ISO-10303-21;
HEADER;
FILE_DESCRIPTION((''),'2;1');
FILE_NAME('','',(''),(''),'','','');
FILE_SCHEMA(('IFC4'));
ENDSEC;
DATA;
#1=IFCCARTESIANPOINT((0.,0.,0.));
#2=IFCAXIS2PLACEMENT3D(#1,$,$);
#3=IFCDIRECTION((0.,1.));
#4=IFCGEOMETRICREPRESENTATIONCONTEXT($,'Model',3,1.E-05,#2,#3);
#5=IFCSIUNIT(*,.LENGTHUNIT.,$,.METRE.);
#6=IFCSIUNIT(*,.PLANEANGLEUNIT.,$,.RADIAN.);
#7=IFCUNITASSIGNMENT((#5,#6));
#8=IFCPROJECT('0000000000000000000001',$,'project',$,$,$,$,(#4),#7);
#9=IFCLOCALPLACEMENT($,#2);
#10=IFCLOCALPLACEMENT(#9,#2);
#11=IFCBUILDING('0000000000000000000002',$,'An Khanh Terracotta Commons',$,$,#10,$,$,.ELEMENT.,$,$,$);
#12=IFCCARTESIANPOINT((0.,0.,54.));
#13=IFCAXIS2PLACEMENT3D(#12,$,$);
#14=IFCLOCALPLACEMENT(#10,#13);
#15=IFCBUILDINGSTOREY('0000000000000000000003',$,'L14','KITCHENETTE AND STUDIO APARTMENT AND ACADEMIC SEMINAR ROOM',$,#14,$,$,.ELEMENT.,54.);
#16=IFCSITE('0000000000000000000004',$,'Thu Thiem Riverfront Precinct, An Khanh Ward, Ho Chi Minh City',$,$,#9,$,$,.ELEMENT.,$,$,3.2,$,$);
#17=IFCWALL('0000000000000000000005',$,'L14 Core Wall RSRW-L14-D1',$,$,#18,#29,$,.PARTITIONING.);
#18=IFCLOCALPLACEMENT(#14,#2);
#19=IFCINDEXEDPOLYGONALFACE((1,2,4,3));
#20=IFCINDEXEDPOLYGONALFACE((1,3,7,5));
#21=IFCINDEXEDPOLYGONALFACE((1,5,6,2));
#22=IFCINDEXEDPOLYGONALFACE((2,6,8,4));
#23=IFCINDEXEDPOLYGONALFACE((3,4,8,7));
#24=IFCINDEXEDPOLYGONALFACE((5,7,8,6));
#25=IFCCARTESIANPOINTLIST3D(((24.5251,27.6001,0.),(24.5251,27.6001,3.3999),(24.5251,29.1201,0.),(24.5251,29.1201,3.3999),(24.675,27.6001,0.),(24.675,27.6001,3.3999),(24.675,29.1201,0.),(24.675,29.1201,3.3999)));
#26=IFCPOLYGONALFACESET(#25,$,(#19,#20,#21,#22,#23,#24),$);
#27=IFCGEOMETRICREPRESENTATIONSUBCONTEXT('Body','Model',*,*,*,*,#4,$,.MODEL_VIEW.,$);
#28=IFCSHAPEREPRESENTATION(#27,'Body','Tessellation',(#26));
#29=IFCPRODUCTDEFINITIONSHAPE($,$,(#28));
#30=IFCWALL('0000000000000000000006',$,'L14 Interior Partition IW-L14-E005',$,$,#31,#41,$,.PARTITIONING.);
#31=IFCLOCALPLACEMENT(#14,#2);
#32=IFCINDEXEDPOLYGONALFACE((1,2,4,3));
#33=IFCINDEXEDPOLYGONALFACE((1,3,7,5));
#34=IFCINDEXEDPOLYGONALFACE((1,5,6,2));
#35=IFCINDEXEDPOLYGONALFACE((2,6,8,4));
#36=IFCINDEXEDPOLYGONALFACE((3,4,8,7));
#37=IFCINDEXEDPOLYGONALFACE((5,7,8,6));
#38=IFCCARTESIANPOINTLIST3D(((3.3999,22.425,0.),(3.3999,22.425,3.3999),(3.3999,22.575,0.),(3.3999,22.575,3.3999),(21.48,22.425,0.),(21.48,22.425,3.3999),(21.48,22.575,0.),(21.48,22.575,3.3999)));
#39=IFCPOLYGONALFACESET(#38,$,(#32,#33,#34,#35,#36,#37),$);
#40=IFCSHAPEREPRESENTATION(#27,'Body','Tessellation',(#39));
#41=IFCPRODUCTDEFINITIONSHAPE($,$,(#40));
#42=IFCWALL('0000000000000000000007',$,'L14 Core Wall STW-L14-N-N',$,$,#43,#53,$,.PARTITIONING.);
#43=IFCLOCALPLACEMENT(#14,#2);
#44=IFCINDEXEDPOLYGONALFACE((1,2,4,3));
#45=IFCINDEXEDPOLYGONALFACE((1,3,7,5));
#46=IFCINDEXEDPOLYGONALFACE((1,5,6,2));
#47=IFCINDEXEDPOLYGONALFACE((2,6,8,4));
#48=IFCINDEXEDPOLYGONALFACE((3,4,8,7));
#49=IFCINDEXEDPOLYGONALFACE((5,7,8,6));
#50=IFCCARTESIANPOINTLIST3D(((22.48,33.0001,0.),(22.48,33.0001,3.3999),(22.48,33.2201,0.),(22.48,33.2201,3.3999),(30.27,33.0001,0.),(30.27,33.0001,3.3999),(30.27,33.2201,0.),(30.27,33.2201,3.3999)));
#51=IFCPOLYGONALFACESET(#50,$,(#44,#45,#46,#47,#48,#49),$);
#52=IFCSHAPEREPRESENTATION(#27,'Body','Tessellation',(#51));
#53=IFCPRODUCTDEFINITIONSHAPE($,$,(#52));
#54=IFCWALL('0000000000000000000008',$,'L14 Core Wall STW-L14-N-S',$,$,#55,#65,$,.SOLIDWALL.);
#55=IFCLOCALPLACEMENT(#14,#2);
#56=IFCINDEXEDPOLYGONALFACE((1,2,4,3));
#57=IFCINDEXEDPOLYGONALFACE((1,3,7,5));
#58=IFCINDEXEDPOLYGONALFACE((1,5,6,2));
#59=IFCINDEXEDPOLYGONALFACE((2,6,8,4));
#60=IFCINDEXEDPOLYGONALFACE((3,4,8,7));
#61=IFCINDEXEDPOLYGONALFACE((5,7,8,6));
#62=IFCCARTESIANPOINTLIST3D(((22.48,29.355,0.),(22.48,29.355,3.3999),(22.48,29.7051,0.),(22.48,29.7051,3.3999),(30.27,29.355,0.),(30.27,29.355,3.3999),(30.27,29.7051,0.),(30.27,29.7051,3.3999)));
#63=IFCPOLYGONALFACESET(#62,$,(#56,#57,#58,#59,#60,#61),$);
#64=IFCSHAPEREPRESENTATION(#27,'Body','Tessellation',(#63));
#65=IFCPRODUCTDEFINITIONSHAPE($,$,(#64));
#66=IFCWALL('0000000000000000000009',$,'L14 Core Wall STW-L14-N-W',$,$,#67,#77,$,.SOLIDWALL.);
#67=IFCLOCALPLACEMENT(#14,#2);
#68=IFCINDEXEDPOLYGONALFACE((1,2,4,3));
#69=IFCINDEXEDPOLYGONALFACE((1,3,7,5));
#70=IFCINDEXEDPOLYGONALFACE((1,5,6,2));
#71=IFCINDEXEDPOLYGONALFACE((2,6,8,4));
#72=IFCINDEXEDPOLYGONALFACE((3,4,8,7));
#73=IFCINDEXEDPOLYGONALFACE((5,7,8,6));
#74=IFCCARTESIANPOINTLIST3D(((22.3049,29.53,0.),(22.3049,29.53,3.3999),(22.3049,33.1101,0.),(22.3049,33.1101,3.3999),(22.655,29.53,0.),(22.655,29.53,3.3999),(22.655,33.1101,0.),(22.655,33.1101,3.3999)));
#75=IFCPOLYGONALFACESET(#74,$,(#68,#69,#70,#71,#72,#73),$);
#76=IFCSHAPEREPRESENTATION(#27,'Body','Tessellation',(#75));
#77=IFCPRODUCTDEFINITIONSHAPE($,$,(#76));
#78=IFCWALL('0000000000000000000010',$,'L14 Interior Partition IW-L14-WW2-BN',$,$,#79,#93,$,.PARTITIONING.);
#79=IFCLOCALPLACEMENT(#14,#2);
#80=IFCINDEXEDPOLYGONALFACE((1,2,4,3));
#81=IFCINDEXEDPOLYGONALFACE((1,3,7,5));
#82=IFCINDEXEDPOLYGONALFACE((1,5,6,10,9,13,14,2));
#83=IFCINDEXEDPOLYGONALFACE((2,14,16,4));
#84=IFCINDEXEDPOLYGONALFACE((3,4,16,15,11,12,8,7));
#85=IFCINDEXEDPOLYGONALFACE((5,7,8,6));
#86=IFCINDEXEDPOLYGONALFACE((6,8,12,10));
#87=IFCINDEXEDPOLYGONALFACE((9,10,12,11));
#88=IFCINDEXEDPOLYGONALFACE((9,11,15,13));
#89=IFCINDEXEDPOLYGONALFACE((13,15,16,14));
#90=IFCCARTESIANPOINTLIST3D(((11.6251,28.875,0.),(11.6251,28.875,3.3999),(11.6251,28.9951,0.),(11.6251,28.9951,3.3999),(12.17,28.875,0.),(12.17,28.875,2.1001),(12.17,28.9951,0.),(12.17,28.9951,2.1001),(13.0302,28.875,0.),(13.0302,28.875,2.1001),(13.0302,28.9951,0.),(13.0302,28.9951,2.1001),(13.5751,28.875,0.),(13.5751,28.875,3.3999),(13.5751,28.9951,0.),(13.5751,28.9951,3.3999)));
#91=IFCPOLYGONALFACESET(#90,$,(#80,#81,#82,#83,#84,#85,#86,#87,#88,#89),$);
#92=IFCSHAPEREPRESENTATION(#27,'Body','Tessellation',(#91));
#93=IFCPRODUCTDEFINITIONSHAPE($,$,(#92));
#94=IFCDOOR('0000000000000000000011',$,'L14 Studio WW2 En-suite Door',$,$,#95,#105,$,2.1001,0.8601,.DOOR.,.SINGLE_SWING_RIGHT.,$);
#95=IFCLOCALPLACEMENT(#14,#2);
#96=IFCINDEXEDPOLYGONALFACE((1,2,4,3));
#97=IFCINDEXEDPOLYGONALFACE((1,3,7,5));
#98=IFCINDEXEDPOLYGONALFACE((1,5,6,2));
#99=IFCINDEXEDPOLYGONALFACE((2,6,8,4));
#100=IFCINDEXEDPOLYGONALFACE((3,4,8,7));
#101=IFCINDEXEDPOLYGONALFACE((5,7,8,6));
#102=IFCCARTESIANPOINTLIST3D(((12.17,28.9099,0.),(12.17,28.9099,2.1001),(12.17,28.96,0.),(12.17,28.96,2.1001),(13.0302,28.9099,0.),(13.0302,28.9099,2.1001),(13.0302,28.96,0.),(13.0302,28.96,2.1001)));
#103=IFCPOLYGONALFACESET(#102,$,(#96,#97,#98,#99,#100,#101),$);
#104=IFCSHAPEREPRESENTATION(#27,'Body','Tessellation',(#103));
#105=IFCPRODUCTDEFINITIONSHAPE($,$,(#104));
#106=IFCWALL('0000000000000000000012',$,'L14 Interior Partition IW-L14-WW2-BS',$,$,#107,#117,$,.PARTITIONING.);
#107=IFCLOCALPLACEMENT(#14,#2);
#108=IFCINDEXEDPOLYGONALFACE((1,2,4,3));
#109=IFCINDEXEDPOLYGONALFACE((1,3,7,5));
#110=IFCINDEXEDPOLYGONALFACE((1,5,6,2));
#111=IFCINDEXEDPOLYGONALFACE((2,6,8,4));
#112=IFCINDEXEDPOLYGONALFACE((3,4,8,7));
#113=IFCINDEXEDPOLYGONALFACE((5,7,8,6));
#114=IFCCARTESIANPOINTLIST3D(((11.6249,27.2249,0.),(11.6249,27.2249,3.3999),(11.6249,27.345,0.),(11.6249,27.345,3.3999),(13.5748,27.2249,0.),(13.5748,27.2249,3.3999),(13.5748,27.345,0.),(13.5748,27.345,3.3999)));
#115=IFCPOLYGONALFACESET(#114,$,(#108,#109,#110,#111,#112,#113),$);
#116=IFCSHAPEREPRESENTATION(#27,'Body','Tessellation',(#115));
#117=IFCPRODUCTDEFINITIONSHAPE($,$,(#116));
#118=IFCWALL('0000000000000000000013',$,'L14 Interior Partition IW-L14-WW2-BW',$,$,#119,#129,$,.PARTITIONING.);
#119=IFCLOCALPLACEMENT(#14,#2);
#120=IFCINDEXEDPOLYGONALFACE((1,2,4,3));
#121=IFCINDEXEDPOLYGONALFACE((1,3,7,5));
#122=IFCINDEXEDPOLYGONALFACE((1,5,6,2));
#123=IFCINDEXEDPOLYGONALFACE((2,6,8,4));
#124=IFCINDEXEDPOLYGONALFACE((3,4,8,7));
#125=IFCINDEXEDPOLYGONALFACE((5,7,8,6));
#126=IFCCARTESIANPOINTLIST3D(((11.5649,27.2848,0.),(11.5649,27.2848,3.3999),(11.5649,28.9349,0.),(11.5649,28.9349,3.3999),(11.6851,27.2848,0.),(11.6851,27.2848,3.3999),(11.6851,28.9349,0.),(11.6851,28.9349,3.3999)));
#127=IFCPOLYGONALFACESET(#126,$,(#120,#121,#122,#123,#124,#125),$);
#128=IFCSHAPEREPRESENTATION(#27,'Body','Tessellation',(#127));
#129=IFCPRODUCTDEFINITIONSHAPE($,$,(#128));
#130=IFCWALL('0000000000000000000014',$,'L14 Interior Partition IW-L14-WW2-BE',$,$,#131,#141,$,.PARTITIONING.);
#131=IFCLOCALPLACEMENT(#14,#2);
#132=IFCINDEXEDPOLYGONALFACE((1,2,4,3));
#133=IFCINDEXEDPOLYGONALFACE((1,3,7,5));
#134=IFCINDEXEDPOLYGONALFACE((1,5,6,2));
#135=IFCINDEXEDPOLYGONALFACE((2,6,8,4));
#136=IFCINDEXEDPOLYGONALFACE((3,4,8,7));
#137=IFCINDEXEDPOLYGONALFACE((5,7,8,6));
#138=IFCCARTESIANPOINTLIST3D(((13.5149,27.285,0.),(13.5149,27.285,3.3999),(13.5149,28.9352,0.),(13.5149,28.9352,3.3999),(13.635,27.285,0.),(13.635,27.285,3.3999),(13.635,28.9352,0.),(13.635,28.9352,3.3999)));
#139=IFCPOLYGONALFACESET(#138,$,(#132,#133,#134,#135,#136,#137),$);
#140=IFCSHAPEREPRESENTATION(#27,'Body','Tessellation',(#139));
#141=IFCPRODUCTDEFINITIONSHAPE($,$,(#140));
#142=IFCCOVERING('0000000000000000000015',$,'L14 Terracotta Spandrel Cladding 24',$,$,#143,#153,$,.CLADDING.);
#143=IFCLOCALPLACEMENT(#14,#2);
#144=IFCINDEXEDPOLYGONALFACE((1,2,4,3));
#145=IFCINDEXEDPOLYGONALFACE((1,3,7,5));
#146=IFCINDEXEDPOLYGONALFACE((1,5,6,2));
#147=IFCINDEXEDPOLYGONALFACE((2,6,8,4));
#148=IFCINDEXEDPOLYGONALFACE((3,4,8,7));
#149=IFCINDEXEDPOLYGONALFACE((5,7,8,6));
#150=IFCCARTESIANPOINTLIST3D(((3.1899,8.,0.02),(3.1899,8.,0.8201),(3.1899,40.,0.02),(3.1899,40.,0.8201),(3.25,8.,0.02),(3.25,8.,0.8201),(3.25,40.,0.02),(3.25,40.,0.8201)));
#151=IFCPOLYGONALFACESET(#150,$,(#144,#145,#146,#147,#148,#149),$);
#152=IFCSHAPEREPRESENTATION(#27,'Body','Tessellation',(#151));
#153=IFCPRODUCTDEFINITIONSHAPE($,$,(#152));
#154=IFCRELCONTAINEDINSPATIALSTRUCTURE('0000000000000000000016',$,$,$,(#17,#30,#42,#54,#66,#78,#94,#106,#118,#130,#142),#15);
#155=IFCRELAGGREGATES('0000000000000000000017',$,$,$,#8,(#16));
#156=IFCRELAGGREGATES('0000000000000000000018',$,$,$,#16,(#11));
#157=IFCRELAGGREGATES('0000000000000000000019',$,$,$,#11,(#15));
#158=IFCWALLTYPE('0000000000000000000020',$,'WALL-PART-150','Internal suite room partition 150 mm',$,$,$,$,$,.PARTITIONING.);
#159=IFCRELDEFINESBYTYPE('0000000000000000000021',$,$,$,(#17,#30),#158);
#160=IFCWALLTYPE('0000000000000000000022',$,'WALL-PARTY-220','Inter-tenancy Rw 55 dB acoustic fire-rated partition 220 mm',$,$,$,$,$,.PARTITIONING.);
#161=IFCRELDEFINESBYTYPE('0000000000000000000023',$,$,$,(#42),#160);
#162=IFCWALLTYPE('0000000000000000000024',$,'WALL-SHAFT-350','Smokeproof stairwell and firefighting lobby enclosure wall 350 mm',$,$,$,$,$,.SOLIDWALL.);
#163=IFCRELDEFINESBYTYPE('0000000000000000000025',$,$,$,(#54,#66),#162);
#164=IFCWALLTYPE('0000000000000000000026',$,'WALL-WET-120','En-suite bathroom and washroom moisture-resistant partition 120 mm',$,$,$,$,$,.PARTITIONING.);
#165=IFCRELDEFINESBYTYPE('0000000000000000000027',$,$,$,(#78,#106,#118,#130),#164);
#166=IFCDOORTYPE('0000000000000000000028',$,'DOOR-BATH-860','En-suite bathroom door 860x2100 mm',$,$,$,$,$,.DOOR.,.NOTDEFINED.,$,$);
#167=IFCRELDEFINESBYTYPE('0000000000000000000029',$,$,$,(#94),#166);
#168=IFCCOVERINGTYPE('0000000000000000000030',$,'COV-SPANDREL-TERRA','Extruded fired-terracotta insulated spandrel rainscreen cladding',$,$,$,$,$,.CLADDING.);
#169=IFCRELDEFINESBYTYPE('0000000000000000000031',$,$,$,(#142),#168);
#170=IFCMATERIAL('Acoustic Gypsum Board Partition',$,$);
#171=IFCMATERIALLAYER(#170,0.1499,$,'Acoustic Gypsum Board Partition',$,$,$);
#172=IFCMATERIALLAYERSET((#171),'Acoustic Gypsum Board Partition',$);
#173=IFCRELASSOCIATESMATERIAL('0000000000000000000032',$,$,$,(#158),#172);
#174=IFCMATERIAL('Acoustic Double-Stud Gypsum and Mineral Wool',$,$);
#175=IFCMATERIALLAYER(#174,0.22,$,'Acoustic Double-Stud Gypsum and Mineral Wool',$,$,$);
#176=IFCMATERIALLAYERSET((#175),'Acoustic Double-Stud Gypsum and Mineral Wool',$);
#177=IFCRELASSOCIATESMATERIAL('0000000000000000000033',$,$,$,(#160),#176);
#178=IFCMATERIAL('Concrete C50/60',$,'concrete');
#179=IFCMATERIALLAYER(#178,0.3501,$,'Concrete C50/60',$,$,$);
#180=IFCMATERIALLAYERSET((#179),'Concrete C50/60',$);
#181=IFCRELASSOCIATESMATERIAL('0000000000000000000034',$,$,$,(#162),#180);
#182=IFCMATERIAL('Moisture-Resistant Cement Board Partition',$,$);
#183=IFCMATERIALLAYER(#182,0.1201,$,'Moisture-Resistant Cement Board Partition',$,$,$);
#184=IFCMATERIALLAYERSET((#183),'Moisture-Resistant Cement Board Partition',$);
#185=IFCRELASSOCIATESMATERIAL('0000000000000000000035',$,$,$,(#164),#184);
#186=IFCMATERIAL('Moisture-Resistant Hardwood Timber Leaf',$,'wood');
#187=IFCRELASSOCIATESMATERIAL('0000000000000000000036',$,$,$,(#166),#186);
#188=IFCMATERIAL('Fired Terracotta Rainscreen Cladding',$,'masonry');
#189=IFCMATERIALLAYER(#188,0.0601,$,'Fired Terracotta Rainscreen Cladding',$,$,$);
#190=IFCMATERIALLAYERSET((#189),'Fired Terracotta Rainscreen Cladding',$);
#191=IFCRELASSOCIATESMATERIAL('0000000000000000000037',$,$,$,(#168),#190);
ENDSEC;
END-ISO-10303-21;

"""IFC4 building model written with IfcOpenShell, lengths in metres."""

from ifc_helpers import new_model, si_unit, direction, frame, frame_2d, origin, origin_2d, place, context, subcontext, project, spatial, rectangle, extrude, material, layer, layer_set, type_object, element, fill, save


model = new_model("IFC4")

# Units and contexts
model_context = context("Model", 3, precision=1e-05, world=origin(), true_north=direction((0.0, 1.0)))
body_context = subcontext(model_context, "Body", "Model", "MODEL_VIEW")
ifc_project = project(units=[si_unit("LENGTHUNIT", "METRE"), si_unit("PLANEANGLEUNIT", "RADIAN")], contexts=[model_context])

# Site, building, storey
site_placement = place(None, origin())
site = spatial("IfcSite", under=ifc_project, at=site_placement, Name="Thu Thiem Riverfront Precinct, An Khanh Ward, Ho Chi Minh City", CompositionType="ELEMENT", RefElevation=3.2)
building_placement = place(site_placement, origin())
building = spatial("IfcBuilding", under=site, at=building_placement, Name="An Khanh Terracotta Commons", CompositionType="ELEMENT")
storey_placement = place(building_placement, frame((0.0, 0.0, 54.0)))
storey = spatial("IfcBuildingStorey", under=building, at=storey_placement, Name="L14", Description="KITCHENETTE AND STUDIO APARTMENT AND ACADEMIC SEMINAR ROOM", CompositionType="ELEMENT", Elevation=54.0)

# Walls
ifc_material_1 = material(Name="Acoustic Gypsum Board Partition")
ifc_layer_1 = layer(ifc_material_1, 0.1499, Name="Acoustic Gypsum Board Partition")
ifc_layer_set_1 = layer_set([ifc_layer_1], Name="Acoustic Gypsum Board Partition")
wall_type_1 = type_object("IfcWallType", Name="WALL-PART-150", Description="Internal suite room partition 150 mm", PredefinedType="PARTITIONING", material=ifc_layer_set_1)
wall_1_placement = place(storey_placement, frame((24.6001, 27.6001, 0.0), z_axis=(0.0, 0.0, 1.0), x_axis=(0.0, 1.0, 0.0)))
element("IfcWall", 1, at=wall_1_placement, inside=storey, type_object=wall_type_1, Name="L14 Core Wall RSRW-L14-D1", PredefinedType="PARTITIONING", context=body_context, shape_type="SweptSolid", body=[
    extrude(rectangle(XDim=1.52, YDim=0.1499, at=frame_2d((0.76, 0.0))), origin(), (0.0, 0.0, 1.0), 3.3999),
])
wall_2_placement = place(storey_placement, frame((3.3999, 22.5, 0.0), z_axis=(0.0, 0.0, 1.0), x_axis=(1.0, 0.0, 0.0)))
element("IfcWall", 2, at=wall_2_placement, inside=storey, type_object=wall_type_1, Name="L14 Interior Partition IW-L14-E005", PredefinedType="PARTITIONING", context=body_context, shape_type="SweptSolid", body=[
    extrude(rectangle(XDim=18.0801, YDim=0.1499, at=frame_2d((9.04, 0.0))), origin(), (0.0, 0.0, 1.0), 3.3999),
])
ifc_material_2 = material(Name="Acoustic Double-Stud Gypsum and Mineral Wool")
ifc_layer_2 = layer(ifc_material_2, 0.22, Name="Acoustic Double-Stud Gypsum and Mineral Wool")
ifc_layer_set_2 = layer_set([ifc_layer_2], Name="Acoustic Double-Stud Gypsum and Mineral Wool")
wall_type_2 = type_object("IfcWallType", Name="WALL-PARTY-220", Description="Inter-tenancy Rw 55 dB acoustic fire-rated partition 220 mm", PredefinedType="PARTITIONING", material=ifc_layer_set_2)
wall_3_placement = place(storey_placement, frame((22.48, 33.1101, 0.0), z_axis=(0.0, 0.0, 1.0), x_axis=(1.0, 0.0, 0.0)))
element("IfcWall", 3, at=wall_3_placement, inside=storey, type_object=wall_type_2, Name="L14 Core Wall STW-L14-N-N", PredefinedType="PARTITIONING", context=body_context, shape_type="SweptSolid", body=[
    extrude(rectangle(XDim=7.79, YDim=0.22, at=frame_2d((3.895, 0.0))), origin(), (0.0, 0.0, 1.0), 3.3999),
])
ifc_material_3 = material(Name="Concrete C50/60", Category="concrete")
ifc_layer_3 = layer(ifc_material_3, 0.3501, Name="Concrete C50/60")
ifc_layer_set_3 = layer_set([ifc_layer_3], Name="Concrete C50/60")
wall_type_3 = type_object("IfcWallType", Name="WALL-SHAFT-350", Description="Smokeproof stairwell and firefighting lobby enclosure wall 350 mm", PredefinedType="SOLIDWALL", material=ifc_layer_set_3)
wall_4_placement = place(storey_placement, frame((22.48, 29.53, 0.0), z_axis=(0.0, 0.0, 1.0), x_axis=(1.0, 0.0, 0.0)))
element("IfcWall", 4, at=wall_4_placement, inside=storey, type_object=wall_type_3, Name="L14 Core Wall STW-L14-N-S", PredefinedType="SOLIDWALL", context=body_context, shape_type="SweptSolid", body=[
    extrude(rectangle(XDim=7.79, YDim=0.3501, at=frame_2d((3.895, 0.0))), origin(), (0.0, 0.0, 1.0), 3.3999),
])
wall_5_placement = place(storey_placement, frame((22.48, 29.53, 0.0), z_axis=(0.0, 0.0, 1.0), x_axis=(0.0, 1.0, 0.0)))
element("IfcWall", 5, at=wall_5_placement, inside=storey, type_object=wall_type_3, Name="L14 Core Wall STW-L14-N-W", PredefinedType="SOLIDWALL", context=body_context, shape_type="SweptSolid", body=[
    extrude(rectangle(XDim=3.5801, YDim=0.3501, at=frame_2d((1.79, 0.0))), origin(), (0.0, 0.0, 1.0), 3.3999),
])

# Wall, opening, door
ifc_material_4 = material(Name="Moisture-Resistant Cement Board Partition")
ifc_layer_4 = layer(ifc_material_4, 0.1201, Name="Moisture-Resistant Cement Board Partition")
ifc_layer_set_4 = layer_set([ifc_layer_4], Name="Moisture-Resistant Cement Board Partition")
wall_type_4 = type_object("IfcWallType", Name="WALL-WET-120", Description="En-suite bathroom and washroom moisture-resistant partition 120 mm", PredefinedType="PARTITIONING", material=ifc_layer_set_4)
wall_6_placement = place(storey_placement, frame((11.625, 28.9351, 0.0), z_axis=(0.0, 0.0, 1.0), x_axis=(1.0, 0.0, 0.0)))
wall_6 = element("IfcWall", 6, at=wall_6_placement, inside=storey, type_object=wall_type_4, Name="L14 Interior Partition IW-L14-WW2-BN", PredefinedType="PARTITIONING", context=body_context, shape_type="SweptSolid", body=[
    extrude(rectangle(XDim=1.95, YDim=0.1201, at=frame_2d((0.9751, 0.0))), origin(), (0.0, 0.0, 1.0), 3.3999),
])
opening_1_placement = place(wall_6_placement, frame((0.5449, 0.0, 0.0)))
opening_1 = element("IfcOpeningElement", 7, at=opening_1_placement, cuts=wall_6, PredefinedType="OPENING", context=body_context, shape_type="SweptSolid", body=[
    extrude(rectangle(XDim=0.8601, YDim=2.1001, at=frame_2d((0.4302, 1.05))), frame((0.0, 0.0701, 0.0), z_axis=(0.0, -1.0, 0.0), x_axis=(1.0, 0.0, 0.0)), (0.0, 0.0, 1.0), 0.1401),
])
ifc_material_5 = material(Name="Moisture-Resistant Hardwood Timber Leaf", Category="wood")
door_type_1 = type_object("IfcDoorType", Name="DOOR-BATH-860", Description="En-suite bathroom door 860x2100 mm", OperationType="NOTDEFINED", PredefinedType="DOOR", material=ifc_material_5)
door_1_placement = place(opening_1_placement, origin())
door_1 = element("IfcDoor", 8, at=door_1_placement, inside=storey, type_object=door_type_1, Name="L14 Studio WW2 En-suite Door", OperationType="SINGLE_SWING_RIGHT", OverallHeight=2.1001, OverallWidth=0.8601, PredefinedType="DOOR", context=body_context, shape_type="SweptSolid", body=[
    extrude(rectangle(XDim=0.8601, YDim=2.1001, at=frame_2d((0.4302, 1.05))), frame((0.0, 0.0249, 0.0), z_axis=(0.0, -1.0, 0.0), x_axis=(1.0, 0.0, 0.0)), (0.0, 0.0, 1.0), 0.05),
])
fill(opening_1, door_1)

# Walls
wall_7_placement = place(storey_placement, frame((13.575, 27.2849, 0.0), z_axis=(0.0, 0.0, 1.0), x_axis=(-1.0, 0.0, 0.0)))
element("IfcWall", 9, at=wall_7_placement, inside=storey, type_object=wall_type_4, Name="L14 Interior Partition IW-L14-WW2-BS", PredefinedType="PARTITIONING", context=body_context, shape_type="SweptSolid", body=[
    extrude(rectangle(XDim=1.95, YDim=0.1201, at=frame_2d((0.9751, 0.0))), origin(), (0.0, 0.0, 1.0), 3.3999),
])
for number, where, z_axis, x_axis, name in (
    (10, (11.625, 28.9351, 0.0), (0.0, 0.0, 1.0), (0.0, -1.0, 0.0), "L14 Interior Partition IW-L14-WW2-BW"),
    (11, (13.575, 27.2849, 0.0), (0.0, 0.0, 1.0), (0.0, 1.0, 0.0), "L14 Interior Partition IW-L14-WW2-BE"),
):
    element("IfcWall", number, at=place(storey_placement, frame(where, z_axis=z_axis, x_axis=x_axis)), inside=storey, type_object=wall_type_4, Name=name, PredefinedType="PARTITIONING", context=body_context, shape_type="SweptSolid", body=[
        extrude(rectangle(XDim=1.6501, YDim=0.1201, at=frame_2d((0.8252, 0.0))), origin(), (0.0, 0.0, 1.0), 3.3999),
    ])

# Covering
ifc_material_6 = material(Name="Fired Terracotta Rainscreen Cladding", Category="masonry")
ifc_layer_5 = layer(ifc_material_6, 0.0601, Name="Fired Terracotta Rainscreen Cladding")
ifc_layer_set_5 = layer_set([ifc_layer_5], Name="Fired Terracotta Rainscreen Cladding")
covering_type = type_object("IfcCoveringType", Name="COV-SPANDREL-TERRA", Description="Extruded fired-terracotta insulated spandrel rainscreen cladding", PredefinedType="CLADDING", material=ifc_layer_set_5)
covering_placement = place(storey_placement, frame((3.22, 24.0, 0.02), z_axis=(0.0, 0.0, 1.0), x_axis=(0.0, -1.0, 0.0)))
element("IfcCovering", 12, at=covering_placement, inside=storey, type_object=covering_type, Name="L14 Terracotta Spandrel Cladding 24", PredefinedType="CLADDING", context=body_context, shape_type="SweptSolid", body=[
    extrude(rectangle(XDim=32.0, YDim=0.0601, at=origin_2d()), origin(), (0.0, 0.0, 1.0), 0.8),
])

save(model, "model.ifc")
